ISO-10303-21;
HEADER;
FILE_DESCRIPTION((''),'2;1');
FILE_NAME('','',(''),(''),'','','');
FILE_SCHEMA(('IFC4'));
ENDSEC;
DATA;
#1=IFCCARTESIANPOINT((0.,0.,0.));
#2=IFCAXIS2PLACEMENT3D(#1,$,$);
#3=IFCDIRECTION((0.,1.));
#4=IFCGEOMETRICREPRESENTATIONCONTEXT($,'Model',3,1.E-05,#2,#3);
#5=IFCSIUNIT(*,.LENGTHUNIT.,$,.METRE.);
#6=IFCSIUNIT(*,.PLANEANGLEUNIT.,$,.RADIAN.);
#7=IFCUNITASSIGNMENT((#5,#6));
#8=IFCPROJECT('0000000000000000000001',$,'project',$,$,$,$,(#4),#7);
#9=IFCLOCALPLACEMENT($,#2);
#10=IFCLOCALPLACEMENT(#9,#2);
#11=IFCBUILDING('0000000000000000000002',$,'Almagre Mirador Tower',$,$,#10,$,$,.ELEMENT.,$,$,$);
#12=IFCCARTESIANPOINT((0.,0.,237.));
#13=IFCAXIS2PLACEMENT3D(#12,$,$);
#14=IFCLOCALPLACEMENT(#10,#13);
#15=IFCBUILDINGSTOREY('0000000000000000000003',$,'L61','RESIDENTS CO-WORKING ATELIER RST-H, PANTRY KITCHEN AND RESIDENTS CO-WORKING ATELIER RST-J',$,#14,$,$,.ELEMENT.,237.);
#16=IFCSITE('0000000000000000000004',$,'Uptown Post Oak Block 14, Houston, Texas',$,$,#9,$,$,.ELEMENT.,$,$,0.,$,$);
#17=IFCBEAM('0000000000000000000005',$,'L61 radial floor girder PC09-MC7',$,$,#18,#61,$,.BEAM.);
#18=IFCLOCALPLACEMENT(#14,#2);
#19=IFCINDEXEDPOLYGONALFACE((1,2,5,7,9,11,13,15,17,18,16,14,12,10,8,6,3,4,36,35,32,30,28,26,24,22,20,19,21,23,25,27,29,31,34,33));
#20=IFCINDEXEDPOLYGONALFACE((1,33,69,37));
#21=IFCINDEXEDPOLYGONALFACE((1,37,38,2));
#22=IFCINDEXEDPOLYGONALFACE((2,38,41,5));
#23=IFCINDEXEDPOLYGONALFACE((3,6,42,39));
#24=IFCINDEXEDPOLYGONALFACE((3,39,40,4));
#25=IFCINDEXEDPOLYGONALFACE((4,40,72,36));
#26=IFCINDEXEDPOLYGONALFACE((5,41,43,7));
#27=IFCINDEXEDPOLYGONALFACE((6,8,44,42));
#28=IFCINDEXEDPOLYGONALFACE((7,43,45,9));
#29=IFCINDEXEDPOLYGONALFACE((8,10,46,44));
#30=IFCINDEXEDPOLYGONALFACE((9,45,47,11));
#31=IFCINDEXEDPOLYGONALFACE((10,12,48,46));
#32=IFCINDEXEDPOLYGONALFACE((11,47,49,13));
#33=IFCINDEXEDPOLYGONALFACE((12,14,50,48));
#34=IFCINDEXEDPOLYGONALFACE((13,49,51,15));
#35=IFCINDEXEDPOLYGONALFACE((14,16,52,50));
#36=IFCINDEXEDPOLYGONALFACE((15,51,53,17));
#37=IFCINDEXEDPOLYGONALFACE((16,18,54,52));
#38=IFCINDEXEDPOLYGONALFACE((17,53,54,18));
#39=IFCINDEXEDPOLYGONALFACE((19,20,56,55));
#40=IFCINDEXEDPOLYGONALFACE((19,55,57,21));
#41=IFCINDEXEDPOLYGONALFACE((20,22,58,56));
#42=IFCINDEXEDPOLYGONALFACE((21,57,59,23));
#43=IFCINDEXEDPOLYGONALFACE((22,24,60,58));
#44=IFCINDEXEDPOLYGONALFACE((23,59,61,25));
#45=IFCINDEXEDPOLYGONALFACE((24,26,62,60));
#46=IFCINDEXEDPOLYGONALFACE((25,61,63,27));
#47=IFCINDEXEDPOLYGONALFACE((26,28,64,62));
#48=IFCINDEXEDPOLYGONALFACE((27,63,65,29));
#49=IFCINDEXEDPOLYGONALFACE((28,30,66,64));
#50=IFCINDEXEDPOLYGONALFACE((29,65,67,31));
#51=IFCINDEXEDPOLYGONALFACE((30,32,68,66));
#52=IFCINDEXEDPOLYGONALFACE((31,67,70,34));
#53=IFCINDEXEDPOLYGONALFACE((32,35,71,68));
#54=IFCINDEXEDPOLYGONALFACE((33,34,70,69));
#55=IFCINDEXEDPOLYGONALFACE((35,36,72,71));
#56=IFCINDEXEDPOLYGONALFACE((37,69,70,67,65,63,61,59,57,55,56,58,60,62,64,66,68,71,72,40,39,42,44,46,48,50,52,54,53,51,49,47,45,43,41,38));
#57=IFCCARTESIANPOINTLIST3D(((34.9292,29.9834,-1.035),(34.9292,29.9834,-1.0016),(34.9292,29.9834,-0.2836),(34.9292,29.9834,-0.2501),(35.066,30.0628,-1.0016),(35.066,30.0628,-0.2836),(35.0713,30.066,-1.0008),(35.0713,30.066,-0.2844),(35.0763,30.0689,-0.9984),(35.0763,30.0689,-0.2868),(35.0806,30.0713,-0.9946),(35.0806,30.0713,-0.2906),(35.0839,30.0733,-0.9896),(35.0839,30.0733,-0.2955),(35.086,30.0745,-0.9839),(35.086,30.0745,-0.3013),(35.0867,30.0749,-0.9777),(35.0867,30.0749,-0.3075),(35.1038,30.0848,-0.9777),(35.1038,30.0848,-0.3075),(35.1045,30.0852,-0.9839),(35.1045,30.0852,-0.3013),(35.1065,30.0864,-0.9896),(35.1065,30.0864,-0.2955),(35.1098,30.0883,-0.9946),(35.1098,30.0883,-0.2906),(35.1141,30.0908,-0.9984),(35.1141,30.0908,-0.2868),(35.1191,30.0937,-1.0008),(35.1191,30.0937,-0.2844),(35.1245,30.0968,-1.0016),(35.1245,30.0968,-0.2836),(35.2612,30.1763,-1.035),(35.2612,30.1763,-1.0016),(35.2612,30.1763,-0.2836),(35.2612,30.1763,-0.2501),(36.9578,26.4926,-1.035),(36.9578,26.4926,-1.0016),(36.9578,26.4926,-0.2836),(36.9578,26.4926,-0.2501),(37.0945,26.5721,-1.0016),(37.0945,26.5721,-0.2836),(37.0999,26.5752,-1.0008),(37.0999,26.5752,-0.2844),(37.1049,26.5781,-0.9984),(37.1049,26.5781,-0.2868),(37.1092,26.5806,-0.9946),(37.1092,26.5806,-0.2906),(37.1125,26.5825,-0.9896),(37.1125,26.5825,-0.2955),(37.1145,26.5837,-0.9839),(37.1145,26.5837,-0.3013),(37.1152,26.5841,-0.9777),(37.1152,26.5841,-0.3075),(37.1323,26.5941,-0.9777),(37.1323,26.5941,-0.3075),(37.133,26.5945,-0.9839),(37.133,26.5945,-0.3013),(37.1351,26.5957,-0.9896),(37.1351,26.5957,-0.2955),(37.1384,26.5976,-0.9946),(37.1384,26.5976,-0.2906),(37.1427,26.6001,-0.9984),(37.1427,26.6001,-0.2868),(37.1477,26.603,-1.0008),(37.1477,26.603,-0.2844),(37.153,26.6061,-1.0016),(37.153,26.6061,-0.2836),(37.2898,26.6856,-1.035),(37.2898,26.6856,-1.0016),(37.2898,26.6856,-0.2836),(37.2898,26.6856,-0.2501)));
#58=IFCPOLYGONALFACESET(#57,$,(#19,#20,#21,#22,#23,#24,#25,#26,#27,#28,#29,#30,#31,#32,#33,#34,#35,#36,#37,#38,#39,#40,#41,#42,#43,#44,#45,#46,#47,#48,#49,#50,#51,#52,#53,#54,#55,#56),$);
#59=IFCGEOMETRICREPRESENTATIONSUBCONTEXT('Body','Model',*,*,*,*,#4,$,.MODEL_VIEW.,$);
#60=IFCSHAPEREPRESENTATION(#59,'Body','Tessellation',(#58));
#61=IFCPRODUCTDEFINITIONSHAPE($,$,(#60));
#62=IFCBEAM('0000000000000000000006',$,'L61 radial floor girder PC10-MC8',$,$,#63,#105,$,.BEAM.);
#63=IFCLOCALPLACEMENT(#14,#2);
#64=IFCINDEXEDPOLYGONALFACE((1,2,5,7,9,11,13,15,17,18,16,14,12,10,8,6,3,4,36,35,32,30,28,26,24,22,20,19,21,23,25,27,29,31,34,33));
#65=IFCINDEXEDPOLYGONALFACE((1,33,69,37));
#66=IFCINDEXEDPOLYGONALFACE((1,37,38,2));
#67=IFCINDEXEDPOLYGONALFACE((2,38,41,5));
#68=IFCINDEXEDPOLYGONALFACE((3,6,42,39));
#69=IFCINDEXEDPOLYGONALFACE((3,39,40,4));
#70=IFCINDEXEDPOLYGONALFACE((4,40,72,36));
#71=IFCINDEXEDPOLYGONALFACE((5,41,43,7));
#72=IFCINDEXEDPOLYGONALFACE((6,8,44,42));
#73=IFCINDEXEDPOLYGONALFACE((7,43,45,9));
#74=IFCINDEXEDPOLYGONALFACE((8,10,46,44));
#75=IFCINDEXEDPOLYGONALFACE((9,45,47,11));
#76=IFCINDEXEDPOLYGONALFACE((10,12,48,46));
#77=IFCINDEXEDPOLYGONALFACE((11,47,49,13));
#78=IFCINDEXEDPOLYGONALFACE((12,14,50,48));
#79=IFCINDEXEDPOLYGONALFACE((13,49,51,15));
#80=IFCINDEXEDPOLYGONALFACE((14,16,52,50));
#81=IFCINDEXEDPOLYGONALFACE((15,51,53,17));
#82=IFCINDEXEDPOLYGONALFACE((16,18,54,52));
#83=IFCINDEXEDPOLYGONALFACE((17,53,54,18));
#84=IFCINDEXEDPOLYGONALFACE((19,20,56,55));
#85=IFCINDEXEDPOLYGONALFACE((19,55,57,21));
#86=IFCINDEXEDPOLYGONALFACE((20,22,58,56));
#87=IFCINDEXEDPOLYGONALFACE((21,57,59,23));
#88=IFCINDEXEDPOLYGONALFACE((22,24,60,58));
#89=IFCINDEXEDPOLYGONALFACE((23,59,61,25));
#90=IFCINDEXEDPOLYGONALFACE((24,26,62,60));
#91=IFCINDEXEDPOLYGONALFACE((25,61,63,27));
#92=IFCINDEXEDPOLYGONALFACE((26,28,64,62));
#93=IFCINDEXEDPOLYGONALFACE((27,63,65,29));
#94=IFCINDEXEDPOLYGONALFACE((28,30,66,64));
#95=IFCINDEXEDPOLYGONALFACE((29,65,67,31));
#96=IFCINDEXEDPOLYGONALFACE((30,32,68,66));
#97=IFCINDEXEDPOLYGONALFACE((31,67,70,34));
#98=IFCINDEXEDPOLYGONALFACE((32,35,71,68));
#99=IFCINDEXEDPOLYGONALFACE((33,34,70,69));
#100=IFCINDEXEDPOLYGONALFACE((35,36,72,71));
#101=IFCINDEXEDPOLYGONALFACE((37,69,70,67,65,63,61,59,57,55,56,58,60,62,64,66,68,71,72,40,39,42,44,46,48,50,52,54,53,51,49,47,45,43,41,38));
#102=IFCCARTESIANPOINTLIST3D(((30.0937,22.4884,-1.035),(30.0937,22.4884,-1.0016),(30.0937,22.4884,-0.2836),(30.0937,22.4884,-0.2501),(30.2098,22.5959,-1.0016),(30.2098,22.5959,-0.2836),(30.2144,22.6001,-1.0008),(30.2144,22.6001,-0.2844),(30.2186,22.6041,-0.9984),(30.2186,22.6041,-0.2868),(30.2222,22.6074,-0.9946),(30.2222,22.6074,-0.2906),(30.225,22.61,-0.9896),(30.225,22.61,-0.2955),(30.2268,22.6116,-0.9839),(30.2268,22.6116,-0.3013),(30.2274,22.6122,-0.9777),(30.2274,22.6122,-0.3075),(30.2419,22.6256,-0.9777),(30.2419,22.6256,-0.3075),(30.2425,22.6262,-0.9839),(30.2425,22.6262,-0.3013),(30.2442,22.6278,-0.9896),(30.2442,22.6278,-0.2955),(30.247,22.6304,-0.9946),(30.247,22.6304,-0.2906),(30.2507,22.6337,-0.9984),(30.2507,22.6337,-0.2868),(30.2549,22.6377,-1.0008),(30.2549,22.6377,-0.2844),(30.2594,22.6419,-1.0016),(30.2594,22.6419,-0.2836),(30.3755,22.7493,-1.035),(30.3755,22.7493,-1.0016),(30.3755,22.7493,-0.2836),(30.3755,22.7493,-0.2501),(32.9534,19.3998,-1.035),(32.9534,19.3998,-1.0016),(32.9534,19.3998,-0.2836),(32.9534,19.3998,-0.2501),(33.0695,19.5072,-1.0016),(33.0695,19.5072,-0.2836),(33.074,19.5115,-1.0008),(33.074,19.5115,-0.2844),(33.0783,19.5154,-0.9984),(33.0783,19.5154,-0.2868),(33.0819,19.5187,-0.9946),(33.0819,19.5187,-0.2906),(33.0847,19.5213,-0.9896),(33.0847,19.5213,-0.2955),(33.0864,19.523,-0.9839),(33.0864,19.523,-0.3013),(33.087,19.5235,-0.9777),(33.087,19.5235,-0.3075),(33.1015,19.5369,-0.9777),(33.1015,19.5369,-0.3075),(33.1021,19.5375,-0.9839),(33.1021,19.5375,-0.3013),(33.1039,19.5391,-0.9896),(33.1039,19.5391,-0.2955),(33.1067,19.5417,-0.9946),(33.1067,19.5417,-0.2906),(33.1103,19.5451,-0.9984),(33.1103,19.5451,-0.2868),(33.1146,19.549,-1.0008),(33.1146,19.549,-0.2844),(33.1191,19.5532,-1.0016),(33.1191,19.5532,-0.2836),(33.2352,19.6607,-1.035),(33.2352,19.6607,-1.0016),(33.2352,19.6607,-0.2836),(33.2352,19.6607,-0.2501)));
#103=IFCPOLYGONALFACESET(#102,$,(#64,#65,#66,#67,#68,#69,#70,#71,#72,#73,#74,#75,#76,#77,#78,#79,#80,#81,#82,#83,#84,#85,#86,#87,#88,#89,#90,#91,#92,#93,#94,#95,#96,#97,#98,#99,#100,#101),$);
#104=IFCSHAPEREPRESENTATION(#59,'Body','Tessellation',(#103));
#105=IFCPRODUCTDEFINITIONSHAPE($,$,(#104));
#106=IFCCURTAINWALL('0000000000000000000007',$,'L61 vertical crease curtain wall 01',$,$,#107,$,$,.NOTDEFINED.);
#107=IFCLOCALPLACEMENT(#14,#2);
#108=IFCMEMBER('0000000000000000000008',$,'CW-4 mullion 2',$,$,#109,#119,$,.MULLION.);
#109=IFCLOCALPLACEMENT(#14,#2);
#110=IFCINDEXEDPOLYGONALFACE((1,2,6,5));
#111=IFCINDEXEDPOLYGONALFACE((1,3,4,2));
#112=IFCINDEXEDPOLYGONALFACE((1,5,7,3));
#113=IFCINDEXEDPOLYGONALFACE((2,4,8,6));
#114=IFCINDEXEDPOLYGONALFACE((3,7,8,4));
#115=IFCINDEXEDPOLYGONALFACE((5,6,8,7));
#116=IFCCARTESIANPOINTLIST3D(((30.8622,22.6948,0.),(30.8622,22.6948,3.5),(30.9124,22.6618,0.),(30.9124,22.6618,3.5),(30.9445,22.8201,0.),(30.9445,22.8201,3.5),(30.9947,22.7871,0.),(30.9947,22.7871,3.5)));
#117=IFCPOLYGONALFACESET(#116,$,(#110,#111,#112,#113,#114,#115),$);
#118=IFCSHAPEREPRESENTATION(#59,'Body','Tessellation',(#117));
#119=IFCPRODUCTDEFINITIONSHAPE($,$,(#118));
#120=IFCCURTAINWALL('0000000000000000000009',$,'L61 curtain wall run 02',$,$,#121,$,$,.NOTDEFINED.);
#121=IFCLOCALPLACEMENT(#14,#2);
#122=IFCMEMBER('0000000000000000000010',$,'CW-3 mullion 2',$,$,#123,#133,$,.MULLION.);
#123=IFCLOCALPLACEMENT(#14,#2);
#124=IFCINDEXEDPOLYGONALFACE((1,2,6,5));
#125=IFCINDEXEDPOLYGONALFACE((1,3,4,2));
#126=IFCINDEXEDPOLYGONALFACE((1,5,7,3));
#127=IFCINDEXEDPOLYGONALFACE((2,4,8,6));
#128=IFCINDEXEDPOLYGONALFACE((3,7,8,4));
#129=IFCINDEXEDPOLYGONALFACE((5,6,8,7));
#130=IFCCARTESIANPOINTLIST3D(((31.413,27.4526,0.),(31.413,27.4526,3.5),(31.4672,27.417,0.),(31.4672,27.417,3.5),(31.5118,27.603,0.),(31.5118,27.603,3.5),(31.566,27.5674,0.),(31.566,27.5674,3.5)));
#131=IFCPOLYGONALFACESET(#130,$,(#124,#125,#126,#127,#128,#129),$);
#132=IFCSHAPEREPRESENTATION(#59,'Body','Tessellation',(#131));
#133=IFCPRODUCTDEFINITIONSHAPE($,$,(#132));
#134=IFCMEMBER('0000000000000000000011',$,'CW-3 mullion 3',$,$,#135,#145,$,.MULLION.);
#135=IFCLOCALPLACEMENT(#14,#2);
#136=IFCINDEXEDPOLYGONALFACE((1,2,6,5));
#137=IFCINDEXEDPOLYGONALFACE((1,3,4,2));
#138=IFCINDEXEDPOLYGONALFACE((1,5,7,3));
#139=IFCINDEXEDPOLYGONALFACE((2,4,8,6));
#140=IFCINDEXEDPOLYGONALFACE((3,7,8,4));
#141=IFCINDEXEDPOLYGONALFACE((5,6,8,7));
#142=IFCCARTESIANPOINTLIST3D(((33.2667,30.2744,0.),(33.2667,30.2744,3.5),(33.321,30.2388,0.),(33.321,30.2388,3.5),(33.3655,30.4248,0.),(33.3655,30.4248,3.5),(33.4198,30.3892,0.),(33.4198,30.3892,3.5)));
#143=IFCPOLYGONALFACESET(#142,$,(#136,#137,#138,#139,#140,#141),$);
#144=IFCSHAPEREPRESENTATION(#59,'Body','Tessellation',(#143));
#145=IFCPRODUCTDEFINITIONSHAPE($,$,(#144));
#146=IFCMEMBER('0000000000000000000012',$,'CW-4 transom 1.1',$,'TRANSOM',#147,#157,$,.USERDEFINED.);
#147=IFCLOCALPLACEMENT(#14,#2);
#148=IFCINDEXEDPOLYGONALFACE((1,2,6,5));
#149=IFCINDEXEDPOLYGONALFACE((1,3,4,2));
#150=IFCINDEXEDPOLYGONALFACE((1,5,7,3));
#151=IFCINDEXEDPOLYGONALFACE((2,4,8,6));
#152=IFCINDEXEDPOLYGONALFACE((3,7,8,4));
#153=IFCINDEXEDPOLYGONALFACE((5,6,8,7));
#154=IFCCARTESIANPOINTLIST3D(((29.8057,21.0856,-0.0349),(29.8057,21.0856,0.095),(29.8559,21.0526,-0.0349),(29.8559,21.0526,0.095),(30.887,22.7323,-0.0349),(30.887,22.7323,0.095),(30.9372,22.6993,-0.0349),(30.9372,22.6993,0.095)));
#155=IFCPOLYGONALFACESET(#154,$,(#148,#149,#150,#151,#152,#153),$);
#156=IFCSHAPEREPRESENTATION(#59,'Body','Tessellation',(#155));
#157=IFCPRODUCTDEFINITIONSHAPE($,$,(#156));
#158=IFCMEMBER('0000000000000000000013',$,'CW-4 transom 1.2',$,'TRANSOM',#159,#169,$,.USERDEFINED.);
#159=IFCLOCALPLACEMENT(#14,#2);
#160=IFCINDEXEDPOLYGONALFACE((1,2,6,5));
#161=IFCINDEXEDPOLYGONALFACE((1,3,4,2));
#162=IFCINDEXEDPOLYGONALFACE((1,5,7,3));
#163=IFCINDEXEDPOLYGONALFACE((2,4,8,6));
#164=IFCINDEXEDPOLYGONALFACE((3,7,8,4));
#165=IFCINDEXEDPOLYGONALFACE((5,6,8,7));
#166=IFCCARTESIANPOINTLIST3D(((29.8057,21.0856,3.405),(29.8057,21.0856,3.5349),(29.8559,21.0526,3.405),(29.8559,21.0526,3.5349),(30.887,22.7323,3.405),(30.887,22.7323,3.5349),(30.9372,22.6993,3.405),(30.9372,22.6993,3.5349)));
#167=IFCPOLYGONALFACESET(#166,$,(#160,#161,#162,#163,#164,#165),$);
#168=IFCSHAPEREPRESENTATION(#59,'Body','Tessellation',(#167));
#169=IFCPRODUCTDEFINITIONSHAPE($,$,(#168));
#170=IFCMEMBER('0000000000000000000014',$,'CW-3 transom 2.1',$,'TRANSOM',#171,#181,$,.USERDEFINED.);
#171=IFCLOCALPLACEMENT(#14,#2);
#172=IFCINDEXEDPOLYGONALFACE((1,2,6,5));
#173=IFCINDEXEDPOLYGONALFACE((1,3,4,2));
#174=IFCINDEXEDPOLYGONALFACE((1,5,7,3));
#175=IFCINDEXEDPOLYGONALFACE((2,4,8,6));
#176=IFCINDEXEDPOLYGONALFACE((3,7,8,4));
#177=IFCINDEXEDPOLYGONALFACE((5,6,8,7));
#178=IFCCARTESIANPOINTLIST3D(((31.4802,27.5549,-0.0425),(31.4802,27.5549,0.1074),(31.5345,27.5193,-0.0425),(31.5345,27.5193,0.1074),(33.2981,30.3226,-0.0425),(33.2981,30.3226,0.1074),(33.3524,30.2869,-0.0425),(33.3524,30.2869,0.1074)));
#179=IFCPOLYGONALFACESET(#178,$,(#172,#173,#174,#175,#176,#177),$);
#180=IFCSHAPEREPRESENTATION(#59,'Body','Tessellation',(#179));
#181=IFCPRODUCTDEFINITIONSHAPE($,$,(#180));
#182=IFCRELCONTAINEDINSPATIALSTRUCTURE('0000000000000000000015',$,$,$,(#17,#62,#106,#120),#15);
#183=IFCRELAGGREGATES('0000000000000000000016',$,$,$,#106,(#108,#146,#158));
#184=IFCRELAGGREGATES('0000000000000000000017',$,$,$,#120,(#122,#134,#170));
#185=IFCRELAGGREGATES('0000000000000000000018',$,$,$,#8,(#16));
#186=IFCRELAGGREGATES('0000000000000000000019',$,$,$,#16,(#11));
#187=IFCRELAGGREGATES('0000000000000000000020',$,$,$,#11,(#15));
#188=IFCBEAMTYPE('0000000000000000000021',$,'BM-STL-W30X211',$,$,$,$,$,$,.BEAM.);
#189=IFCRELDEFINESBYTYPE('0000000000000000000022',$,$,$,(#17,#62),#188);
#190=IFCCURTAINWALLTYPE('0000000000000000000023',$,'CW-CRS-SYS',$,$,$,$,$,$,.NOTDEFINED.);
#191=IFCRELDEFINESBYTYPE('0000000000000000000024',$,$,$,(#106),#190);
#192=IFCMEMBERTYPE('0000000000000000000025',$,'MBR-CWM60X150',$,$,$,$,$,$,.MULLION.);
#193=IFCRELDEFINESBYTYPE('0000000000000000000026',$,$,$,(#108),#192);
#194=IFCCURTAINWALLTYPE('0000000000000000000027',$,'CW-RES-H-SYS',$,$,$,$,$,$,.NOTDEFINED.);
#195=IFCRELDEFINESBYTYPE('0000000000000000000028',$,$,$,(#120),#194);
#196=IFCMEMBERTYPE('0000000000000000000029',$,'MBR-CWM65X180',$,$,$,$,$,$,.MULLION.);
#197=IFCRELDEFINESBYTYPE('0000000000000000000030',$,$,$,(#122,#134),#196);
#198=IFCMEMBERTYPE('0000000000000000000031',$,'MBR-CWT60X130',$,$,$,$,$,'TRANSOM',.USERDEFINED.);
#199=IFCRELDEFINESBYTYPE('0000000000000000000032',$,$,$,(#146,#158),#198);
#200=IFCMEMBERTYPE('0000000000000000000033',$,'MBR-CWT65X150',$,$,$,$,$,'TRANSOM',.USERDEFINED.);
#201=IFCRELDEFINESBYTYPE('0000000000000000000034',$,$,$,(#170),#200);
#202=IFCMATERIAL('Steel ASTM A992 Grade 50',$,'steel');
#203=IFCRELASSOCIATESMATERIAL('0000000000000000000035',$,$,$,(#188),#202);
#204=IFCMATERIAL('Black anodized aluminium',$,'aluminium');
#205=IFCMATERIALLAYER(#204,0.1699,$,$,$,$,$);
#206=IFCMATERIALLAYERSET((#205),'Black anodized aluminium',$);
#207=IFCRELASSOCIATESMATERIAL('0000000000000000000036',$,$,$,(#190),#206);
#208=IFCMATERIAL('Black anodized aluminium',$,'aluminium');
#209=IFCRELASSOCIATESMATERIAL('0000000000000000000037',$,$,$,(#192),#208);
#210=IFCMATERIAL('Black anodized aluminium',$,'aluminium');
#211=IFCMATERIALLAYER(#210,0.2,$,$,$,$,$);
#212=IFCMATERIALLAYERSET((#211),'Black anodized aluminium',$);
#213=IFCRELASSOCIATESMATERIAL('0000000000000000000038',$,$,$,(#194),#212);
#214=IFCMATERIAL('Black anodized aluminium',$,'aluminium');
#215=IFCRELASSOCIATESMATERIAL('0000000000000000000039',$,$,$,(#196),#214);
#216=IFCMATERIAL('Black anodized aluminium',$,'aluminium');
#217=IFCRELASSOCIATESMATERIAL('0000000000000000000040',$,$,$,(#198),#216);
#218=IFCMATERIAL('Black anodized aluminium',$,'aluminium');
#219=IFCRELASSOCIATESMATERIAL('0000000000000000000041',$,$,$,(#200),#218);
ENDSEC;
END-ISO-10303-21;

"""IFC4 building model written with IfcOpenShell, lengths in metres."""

from ifc_helpers import new_model, si_unit, direction, frame, origin, origin_2d, place, context, subcontext, project, spatial, rectangle, i_section, extrude, material, layer, layer_set, material_profile, profile_set, type_object, element, aggregate, save


model = new_model("IFC4")

# Units and contexts
model_context = context("Model", 3, precision=1e-05, world=origin(), true_north=direction((0.0, 1.0)))
body_context = subcontext(model_context, "Body", "Model", "MODEL_VIEW")
ifc_project = project(units=[si_unit("LENGTHUNIT", "METRE"), si_unit("PLANEANGLEUNIT", "RADIAN")], contexts=[model_context])

# Site, building, storey
site_placement = place(None, origin())
site = spatial("IfcSite", under=ifc_project, at=site_placement, Name="Uptown Post Oak Block 14, Houston, Texas", CompositionType="ELEMENT", RefElevation=0.0)
building_placement = place(site_placement, origin())
building = spatial("IfcBuilding", under=site, at=building_placement, Name="Almagre Mirador Tower", CompositionType="ELEMENT")
storey_placement = place(building_placement, frame((0.0, 0.0, 237.0)))
storey = spatial("IfcBuildingStorey", under=building, at=storey_placement, Name="L61", Description="RESIDENTS CO-WORKING ATELIER RST-H, PANTRY KITCHEN AND RESIDENTS CO-WORKING ATELIER RST-J", CompositionType="ELEMENT", Elevation=237.0)

# Beams
ifc_material_1 = material(Name="Steel ASTM A992 Grade 50", Category="steel")
ifc_material_profile_1 = material_profile(ifc_material_1, i_section(OverallWidth=0.384, OverallDepth=0.7849, WebThickness=0.0198, FlangeThickness=0.0334, FilletRadius=0.0239, at=origin_2d()), Name="W30X211")
ifc_profile_set_1 = profile_set([ifc_material_profile_1], Name="Steel ASTM A992 Grade 50")
beam_type_1 = type_object("IfcBeamType", Name="BM-STL-W30X211", PredefinedType="BEAM", material=ifc_profile_set_1)
beam_1_placement = place(storey_placement, frame((35.0952, 30.0798, -0.6426), z_axis=(0.502449, -0.864607, 0.0), x_axis=(0.864607, 0.502449, 0.0)))
element("IfcBeam", 1, at=beam_1_placement, inside=storey, type_object=beam_type_1, Name="L61 radial floor girder PC09-MC7", PredefinedType="BEAM", context=body_context, shape_type="SweptSolid", body=[
    extrude(i_section(OverallWidth=0.384, OverallDepth=0.7849, WebThickness=0.0198, FlangeThickness=0.0334, FilletRadius=0.0239, at=origin_2d()), origin(), (0.0, 0.0, 1.0), 4.0374),
])
beam_2_placement = place(storey_placement, frame((30.2346, 22.6189, -0.6426), z_axis=(0.67938, -0.733786, 0.0), x_axis=(0.733786, 0.67938, 0.0)))
element("IfcBeam", 2, at=beam_2_placement, inside=storey, type_object=beam_type_1, Name="L61 radial floor girder PC10-MC8", PredefinedType="BEAM", context=body_context, shape_type="SweptSolid", body=[
    extrude(i_section(OverallWidth=0.384, OverallDepth=0.7849, WebThickness=0.0198, FlangeThickness=0.0334, FilletRadius=0.0239, at=origin_2d()), origin(), (0.0, 0.0, 1.0), 4.2092),
])

# Curtain wall, member
ifc_material_2 = material(Name="Black anodized aluminium", Category="aluminium")
ifc_layer_1 = layer(ifc_material_2, 0.1699)
ifc_layer_set_1 = layer_set([ifc_layer_1], Name="Black anodized aluminium")
curtain_wall_type_1 = type_object("IfcCurtainWallType", Name="CW-CRS-SYS", PredefinedType="NOTDEFINED", material=ifc_layer_set_1)
curtain_wall_1_placement = place(storey_placement, origin())
curtain_wall_1 = element("IfcCurtainWall", 3, at=curtain_wall_1_placement, inside=storey, type_object=curtain_wall_type_1, Name="L61 vertical crease curtain wall 01", PredefinedType="NOTDEFINED")
ifc_material_3 = material(Name="Black anodized aluminium", Category="aluminium")
ifc_material_profile_2 = material_profile(ifc_material_3, rectangle(XDim=0.0601, YDim=0.1499, at=origin_2d()), Name="CWM60X150")
ifc_profile_set_2 = profile_set([ifc_material_profile_2], Name="Black anodized aluminium")
member_type_1 = type_object("IfcMemberType", Name="MBR-CWM60X150", PredefinedType="MULLION", material=ifc_profile_set_2)
member_1_placement = place(storey_placement, frame((30.9285, 22.741, 0.0), z_axis=(0.0, 0.0, 1.0), x_axis=(-0.835931, 0.548834, 0.0)))
member_1 = element("IfcMember", 4, at=member_1_placement, type_object=member_type_1, Name="CW-4 mullion 2", PredefinedType="MULLION", context=body_context, shape_type="SweptSolid", body=[
    extrude(rectangle(XDim=0.0601, YDim=0.1499, at=origin_2d()), origin(), (0.0, 0.0, 1.0), 3.5),
])

# Curtain wall, members
ifc_material_4 = material(Name="Black anodized aluminium", Category="aluminium")
ifc_layer_2 = layer(ifc_material_4, 0.2)
ifc_layer_set_2 = layer_set([ifc_layer_2], Name="Black anodized aluminium")
curtain_wall_type_2 = type_object("IfcCurtainWallType", Name="CW-RES-H-SYS", PredefinedType="NOTDEFINED", material=ifc_layer_set_2)
curtain_wall_2_placement = place(storey_placement, origin())
curtain_wall_2 = element("IfcCurtainWall", 5, at=curtain_wall_2_placement, inside=storey, type_object=curtain_wall_type_2, Name="L61 curtain wall run 02", PredefinedType="NOTDEFINED")
ifc_material_5 = material(Name="Black anodized aluminium", Category="aluminium")
ifc_material_profile_3 = material_profile(ifc_material_5, rectangle(XDim=0.0649, YDim=0.1799, at=origin_2d()), Name="CWM65X180")
ifc_profile_set_3 = profile_set([ifc_material_profile_3], Name="Black anodized aluminium")
member_type_2 = type_object("IfcMemberType", Name="MBR-CWM65X180", PredefinedType="MULLION", material=ifc_profile_set_3)
member_2_placement = place(storey_placement, frame((31.4895, 27.51, 0.0), z_axis=(0.0, 0.0, 1.0), x_axis=(-0.8358, 0.549034, 0.0)))
member_2 = element("IfcMember", 6, at=member_2_placement, type_object=member_type_2, Name="CW-3 mullion 2", PredefinedType="MULLION", context=body_context, shape_type="SweptSolid", body=[
    extrude(rectangle(XDim=0.0649, YDim=0.1799, at=origin_2d()), origin(), (0.0, 0.0, 1.0), 3.5),
])
member_3_placement = place(storey_placement, frame((33.3433, 30.3318, 0.0), z_axis=(0.0, 0.0, 1.0), x_axis=(-0.8358, 0.549034, 0.0)))
member_3 = element("IfcMember", 7, at=member_3_placement, type_object=member_type_2, Name="CW-3 mullion 3", PredefinedType="MULLION", context=body_context, shape_type="SweptSolid", body=[
    extrude(rectangle(XDim=0.0649, YDim=0.1799, at=origin_2d()), origin(), (0.0, 0.0, 1.0), 3.5),
])

# Members
ifc_material_6 = material(Name="Black anodized aluminium", Category="aluminium")
ifc_material_profile_4 = material_profile(ifc_material_6, rectangle(XDim=0.0601, YDim=0.1299, at=origin_2d()), Name="CWT60X130")
ifc_profile_set_4 = profile_set([ifc_material_profile_4], Name="Black anodized aluminium")
member_type_3 = type_object("IfcMemberType", Name="MBR-CWT60X130", ElementType="TRANSOM", PredefinedType="USERDEFINED", material=ifc_profile_set_4)
member_4_placement = place(storey_placement, frame((29.8308, 21.0691, 0.03), z_axis=(0.548881, 0.8359, 0.0), x_axis=(-0.8359, 0.548881, 0.0)))
member_4 = element("IfcMember", 8, at=member_4_placement, type_object=member_type_3, Name="CW-4 transom 1.1", ObjectType="TRANSOM", PredefinedType="USERDEFINED", context=body_context, shape_type="SweptSolid", body=[
    extrude(rectangle(XDim=0.0601, YDim=0.1299, at=origin_2d()), origin(), (0.0, 0.0, 1.0), 1.97),
])
member_5_placement = place(storey_placement, frame((29.8308, 21.0691, 3.47), z_axis=(0.548881, 0.8359, 0.0), x_axis=(-0.8359, 0.548881, 0.0)))
member_5 = element("IfcMember", 9, at=member_5_placement, type_object=member_type_3, Name="CW-4 transom 1.2", ObjectType="TRANSOM", PredefinedType="USERDEFINED", context=body_context, shape_type="SweptSolid", body=[
    extrude(rectangle(XDim=0.0601, YDim=0.1299, at=origin_2d()), origin(), (0.0, 0.0, 1.0), 1.97),
])
ifc_material_7 = material(Name="Black anodized aluminium", Category="aluminium")
ifc_material_profile_5 = material_profile(ifc_material_7, rectangle(XDim=0.0649, YDim=0.1499, at=origin_2d()), Name="CWT65X150")
ifc_profile_set_5 = profile_set([ifc_material_profile_5], Name="Black anodized aluminium")
member_type_4 = type_object("IfcMemberType", Name="MBR-CWT65X150", ElementType="TRANSOM", PredefinedType="USERDEFINED", material=ifc_profile_set_5)
member_6_placement = place(storey_placement, frame((31.5073, 27.5371, 0.0325), z_axis=(0.549004, 0.83582, 0.0), x_axis=(-0.83582, 0.549004, 0.0)))
member_6 = element("IfcMember", 10, at=member_6_placement, type_object=member_type_4, Name="CW-3 transom 2.1", ObjectType="TRANSOM", PredefinedType="USERDEFINED", context=body_context, shape_type="SweptSolid", body=[
    extrude(rectangle(XDim=0.0649, YDim=0.1499, at=origin_2d()), origin(), (0.0, 0.0, 1.0), 3.3113),
])

aggregate(curtain_wall_1, [member_1, member_4, member_5])
aggregate(curtain_wall_2, [member_2, member_3, member_6])

save(model, "model.ifc")
